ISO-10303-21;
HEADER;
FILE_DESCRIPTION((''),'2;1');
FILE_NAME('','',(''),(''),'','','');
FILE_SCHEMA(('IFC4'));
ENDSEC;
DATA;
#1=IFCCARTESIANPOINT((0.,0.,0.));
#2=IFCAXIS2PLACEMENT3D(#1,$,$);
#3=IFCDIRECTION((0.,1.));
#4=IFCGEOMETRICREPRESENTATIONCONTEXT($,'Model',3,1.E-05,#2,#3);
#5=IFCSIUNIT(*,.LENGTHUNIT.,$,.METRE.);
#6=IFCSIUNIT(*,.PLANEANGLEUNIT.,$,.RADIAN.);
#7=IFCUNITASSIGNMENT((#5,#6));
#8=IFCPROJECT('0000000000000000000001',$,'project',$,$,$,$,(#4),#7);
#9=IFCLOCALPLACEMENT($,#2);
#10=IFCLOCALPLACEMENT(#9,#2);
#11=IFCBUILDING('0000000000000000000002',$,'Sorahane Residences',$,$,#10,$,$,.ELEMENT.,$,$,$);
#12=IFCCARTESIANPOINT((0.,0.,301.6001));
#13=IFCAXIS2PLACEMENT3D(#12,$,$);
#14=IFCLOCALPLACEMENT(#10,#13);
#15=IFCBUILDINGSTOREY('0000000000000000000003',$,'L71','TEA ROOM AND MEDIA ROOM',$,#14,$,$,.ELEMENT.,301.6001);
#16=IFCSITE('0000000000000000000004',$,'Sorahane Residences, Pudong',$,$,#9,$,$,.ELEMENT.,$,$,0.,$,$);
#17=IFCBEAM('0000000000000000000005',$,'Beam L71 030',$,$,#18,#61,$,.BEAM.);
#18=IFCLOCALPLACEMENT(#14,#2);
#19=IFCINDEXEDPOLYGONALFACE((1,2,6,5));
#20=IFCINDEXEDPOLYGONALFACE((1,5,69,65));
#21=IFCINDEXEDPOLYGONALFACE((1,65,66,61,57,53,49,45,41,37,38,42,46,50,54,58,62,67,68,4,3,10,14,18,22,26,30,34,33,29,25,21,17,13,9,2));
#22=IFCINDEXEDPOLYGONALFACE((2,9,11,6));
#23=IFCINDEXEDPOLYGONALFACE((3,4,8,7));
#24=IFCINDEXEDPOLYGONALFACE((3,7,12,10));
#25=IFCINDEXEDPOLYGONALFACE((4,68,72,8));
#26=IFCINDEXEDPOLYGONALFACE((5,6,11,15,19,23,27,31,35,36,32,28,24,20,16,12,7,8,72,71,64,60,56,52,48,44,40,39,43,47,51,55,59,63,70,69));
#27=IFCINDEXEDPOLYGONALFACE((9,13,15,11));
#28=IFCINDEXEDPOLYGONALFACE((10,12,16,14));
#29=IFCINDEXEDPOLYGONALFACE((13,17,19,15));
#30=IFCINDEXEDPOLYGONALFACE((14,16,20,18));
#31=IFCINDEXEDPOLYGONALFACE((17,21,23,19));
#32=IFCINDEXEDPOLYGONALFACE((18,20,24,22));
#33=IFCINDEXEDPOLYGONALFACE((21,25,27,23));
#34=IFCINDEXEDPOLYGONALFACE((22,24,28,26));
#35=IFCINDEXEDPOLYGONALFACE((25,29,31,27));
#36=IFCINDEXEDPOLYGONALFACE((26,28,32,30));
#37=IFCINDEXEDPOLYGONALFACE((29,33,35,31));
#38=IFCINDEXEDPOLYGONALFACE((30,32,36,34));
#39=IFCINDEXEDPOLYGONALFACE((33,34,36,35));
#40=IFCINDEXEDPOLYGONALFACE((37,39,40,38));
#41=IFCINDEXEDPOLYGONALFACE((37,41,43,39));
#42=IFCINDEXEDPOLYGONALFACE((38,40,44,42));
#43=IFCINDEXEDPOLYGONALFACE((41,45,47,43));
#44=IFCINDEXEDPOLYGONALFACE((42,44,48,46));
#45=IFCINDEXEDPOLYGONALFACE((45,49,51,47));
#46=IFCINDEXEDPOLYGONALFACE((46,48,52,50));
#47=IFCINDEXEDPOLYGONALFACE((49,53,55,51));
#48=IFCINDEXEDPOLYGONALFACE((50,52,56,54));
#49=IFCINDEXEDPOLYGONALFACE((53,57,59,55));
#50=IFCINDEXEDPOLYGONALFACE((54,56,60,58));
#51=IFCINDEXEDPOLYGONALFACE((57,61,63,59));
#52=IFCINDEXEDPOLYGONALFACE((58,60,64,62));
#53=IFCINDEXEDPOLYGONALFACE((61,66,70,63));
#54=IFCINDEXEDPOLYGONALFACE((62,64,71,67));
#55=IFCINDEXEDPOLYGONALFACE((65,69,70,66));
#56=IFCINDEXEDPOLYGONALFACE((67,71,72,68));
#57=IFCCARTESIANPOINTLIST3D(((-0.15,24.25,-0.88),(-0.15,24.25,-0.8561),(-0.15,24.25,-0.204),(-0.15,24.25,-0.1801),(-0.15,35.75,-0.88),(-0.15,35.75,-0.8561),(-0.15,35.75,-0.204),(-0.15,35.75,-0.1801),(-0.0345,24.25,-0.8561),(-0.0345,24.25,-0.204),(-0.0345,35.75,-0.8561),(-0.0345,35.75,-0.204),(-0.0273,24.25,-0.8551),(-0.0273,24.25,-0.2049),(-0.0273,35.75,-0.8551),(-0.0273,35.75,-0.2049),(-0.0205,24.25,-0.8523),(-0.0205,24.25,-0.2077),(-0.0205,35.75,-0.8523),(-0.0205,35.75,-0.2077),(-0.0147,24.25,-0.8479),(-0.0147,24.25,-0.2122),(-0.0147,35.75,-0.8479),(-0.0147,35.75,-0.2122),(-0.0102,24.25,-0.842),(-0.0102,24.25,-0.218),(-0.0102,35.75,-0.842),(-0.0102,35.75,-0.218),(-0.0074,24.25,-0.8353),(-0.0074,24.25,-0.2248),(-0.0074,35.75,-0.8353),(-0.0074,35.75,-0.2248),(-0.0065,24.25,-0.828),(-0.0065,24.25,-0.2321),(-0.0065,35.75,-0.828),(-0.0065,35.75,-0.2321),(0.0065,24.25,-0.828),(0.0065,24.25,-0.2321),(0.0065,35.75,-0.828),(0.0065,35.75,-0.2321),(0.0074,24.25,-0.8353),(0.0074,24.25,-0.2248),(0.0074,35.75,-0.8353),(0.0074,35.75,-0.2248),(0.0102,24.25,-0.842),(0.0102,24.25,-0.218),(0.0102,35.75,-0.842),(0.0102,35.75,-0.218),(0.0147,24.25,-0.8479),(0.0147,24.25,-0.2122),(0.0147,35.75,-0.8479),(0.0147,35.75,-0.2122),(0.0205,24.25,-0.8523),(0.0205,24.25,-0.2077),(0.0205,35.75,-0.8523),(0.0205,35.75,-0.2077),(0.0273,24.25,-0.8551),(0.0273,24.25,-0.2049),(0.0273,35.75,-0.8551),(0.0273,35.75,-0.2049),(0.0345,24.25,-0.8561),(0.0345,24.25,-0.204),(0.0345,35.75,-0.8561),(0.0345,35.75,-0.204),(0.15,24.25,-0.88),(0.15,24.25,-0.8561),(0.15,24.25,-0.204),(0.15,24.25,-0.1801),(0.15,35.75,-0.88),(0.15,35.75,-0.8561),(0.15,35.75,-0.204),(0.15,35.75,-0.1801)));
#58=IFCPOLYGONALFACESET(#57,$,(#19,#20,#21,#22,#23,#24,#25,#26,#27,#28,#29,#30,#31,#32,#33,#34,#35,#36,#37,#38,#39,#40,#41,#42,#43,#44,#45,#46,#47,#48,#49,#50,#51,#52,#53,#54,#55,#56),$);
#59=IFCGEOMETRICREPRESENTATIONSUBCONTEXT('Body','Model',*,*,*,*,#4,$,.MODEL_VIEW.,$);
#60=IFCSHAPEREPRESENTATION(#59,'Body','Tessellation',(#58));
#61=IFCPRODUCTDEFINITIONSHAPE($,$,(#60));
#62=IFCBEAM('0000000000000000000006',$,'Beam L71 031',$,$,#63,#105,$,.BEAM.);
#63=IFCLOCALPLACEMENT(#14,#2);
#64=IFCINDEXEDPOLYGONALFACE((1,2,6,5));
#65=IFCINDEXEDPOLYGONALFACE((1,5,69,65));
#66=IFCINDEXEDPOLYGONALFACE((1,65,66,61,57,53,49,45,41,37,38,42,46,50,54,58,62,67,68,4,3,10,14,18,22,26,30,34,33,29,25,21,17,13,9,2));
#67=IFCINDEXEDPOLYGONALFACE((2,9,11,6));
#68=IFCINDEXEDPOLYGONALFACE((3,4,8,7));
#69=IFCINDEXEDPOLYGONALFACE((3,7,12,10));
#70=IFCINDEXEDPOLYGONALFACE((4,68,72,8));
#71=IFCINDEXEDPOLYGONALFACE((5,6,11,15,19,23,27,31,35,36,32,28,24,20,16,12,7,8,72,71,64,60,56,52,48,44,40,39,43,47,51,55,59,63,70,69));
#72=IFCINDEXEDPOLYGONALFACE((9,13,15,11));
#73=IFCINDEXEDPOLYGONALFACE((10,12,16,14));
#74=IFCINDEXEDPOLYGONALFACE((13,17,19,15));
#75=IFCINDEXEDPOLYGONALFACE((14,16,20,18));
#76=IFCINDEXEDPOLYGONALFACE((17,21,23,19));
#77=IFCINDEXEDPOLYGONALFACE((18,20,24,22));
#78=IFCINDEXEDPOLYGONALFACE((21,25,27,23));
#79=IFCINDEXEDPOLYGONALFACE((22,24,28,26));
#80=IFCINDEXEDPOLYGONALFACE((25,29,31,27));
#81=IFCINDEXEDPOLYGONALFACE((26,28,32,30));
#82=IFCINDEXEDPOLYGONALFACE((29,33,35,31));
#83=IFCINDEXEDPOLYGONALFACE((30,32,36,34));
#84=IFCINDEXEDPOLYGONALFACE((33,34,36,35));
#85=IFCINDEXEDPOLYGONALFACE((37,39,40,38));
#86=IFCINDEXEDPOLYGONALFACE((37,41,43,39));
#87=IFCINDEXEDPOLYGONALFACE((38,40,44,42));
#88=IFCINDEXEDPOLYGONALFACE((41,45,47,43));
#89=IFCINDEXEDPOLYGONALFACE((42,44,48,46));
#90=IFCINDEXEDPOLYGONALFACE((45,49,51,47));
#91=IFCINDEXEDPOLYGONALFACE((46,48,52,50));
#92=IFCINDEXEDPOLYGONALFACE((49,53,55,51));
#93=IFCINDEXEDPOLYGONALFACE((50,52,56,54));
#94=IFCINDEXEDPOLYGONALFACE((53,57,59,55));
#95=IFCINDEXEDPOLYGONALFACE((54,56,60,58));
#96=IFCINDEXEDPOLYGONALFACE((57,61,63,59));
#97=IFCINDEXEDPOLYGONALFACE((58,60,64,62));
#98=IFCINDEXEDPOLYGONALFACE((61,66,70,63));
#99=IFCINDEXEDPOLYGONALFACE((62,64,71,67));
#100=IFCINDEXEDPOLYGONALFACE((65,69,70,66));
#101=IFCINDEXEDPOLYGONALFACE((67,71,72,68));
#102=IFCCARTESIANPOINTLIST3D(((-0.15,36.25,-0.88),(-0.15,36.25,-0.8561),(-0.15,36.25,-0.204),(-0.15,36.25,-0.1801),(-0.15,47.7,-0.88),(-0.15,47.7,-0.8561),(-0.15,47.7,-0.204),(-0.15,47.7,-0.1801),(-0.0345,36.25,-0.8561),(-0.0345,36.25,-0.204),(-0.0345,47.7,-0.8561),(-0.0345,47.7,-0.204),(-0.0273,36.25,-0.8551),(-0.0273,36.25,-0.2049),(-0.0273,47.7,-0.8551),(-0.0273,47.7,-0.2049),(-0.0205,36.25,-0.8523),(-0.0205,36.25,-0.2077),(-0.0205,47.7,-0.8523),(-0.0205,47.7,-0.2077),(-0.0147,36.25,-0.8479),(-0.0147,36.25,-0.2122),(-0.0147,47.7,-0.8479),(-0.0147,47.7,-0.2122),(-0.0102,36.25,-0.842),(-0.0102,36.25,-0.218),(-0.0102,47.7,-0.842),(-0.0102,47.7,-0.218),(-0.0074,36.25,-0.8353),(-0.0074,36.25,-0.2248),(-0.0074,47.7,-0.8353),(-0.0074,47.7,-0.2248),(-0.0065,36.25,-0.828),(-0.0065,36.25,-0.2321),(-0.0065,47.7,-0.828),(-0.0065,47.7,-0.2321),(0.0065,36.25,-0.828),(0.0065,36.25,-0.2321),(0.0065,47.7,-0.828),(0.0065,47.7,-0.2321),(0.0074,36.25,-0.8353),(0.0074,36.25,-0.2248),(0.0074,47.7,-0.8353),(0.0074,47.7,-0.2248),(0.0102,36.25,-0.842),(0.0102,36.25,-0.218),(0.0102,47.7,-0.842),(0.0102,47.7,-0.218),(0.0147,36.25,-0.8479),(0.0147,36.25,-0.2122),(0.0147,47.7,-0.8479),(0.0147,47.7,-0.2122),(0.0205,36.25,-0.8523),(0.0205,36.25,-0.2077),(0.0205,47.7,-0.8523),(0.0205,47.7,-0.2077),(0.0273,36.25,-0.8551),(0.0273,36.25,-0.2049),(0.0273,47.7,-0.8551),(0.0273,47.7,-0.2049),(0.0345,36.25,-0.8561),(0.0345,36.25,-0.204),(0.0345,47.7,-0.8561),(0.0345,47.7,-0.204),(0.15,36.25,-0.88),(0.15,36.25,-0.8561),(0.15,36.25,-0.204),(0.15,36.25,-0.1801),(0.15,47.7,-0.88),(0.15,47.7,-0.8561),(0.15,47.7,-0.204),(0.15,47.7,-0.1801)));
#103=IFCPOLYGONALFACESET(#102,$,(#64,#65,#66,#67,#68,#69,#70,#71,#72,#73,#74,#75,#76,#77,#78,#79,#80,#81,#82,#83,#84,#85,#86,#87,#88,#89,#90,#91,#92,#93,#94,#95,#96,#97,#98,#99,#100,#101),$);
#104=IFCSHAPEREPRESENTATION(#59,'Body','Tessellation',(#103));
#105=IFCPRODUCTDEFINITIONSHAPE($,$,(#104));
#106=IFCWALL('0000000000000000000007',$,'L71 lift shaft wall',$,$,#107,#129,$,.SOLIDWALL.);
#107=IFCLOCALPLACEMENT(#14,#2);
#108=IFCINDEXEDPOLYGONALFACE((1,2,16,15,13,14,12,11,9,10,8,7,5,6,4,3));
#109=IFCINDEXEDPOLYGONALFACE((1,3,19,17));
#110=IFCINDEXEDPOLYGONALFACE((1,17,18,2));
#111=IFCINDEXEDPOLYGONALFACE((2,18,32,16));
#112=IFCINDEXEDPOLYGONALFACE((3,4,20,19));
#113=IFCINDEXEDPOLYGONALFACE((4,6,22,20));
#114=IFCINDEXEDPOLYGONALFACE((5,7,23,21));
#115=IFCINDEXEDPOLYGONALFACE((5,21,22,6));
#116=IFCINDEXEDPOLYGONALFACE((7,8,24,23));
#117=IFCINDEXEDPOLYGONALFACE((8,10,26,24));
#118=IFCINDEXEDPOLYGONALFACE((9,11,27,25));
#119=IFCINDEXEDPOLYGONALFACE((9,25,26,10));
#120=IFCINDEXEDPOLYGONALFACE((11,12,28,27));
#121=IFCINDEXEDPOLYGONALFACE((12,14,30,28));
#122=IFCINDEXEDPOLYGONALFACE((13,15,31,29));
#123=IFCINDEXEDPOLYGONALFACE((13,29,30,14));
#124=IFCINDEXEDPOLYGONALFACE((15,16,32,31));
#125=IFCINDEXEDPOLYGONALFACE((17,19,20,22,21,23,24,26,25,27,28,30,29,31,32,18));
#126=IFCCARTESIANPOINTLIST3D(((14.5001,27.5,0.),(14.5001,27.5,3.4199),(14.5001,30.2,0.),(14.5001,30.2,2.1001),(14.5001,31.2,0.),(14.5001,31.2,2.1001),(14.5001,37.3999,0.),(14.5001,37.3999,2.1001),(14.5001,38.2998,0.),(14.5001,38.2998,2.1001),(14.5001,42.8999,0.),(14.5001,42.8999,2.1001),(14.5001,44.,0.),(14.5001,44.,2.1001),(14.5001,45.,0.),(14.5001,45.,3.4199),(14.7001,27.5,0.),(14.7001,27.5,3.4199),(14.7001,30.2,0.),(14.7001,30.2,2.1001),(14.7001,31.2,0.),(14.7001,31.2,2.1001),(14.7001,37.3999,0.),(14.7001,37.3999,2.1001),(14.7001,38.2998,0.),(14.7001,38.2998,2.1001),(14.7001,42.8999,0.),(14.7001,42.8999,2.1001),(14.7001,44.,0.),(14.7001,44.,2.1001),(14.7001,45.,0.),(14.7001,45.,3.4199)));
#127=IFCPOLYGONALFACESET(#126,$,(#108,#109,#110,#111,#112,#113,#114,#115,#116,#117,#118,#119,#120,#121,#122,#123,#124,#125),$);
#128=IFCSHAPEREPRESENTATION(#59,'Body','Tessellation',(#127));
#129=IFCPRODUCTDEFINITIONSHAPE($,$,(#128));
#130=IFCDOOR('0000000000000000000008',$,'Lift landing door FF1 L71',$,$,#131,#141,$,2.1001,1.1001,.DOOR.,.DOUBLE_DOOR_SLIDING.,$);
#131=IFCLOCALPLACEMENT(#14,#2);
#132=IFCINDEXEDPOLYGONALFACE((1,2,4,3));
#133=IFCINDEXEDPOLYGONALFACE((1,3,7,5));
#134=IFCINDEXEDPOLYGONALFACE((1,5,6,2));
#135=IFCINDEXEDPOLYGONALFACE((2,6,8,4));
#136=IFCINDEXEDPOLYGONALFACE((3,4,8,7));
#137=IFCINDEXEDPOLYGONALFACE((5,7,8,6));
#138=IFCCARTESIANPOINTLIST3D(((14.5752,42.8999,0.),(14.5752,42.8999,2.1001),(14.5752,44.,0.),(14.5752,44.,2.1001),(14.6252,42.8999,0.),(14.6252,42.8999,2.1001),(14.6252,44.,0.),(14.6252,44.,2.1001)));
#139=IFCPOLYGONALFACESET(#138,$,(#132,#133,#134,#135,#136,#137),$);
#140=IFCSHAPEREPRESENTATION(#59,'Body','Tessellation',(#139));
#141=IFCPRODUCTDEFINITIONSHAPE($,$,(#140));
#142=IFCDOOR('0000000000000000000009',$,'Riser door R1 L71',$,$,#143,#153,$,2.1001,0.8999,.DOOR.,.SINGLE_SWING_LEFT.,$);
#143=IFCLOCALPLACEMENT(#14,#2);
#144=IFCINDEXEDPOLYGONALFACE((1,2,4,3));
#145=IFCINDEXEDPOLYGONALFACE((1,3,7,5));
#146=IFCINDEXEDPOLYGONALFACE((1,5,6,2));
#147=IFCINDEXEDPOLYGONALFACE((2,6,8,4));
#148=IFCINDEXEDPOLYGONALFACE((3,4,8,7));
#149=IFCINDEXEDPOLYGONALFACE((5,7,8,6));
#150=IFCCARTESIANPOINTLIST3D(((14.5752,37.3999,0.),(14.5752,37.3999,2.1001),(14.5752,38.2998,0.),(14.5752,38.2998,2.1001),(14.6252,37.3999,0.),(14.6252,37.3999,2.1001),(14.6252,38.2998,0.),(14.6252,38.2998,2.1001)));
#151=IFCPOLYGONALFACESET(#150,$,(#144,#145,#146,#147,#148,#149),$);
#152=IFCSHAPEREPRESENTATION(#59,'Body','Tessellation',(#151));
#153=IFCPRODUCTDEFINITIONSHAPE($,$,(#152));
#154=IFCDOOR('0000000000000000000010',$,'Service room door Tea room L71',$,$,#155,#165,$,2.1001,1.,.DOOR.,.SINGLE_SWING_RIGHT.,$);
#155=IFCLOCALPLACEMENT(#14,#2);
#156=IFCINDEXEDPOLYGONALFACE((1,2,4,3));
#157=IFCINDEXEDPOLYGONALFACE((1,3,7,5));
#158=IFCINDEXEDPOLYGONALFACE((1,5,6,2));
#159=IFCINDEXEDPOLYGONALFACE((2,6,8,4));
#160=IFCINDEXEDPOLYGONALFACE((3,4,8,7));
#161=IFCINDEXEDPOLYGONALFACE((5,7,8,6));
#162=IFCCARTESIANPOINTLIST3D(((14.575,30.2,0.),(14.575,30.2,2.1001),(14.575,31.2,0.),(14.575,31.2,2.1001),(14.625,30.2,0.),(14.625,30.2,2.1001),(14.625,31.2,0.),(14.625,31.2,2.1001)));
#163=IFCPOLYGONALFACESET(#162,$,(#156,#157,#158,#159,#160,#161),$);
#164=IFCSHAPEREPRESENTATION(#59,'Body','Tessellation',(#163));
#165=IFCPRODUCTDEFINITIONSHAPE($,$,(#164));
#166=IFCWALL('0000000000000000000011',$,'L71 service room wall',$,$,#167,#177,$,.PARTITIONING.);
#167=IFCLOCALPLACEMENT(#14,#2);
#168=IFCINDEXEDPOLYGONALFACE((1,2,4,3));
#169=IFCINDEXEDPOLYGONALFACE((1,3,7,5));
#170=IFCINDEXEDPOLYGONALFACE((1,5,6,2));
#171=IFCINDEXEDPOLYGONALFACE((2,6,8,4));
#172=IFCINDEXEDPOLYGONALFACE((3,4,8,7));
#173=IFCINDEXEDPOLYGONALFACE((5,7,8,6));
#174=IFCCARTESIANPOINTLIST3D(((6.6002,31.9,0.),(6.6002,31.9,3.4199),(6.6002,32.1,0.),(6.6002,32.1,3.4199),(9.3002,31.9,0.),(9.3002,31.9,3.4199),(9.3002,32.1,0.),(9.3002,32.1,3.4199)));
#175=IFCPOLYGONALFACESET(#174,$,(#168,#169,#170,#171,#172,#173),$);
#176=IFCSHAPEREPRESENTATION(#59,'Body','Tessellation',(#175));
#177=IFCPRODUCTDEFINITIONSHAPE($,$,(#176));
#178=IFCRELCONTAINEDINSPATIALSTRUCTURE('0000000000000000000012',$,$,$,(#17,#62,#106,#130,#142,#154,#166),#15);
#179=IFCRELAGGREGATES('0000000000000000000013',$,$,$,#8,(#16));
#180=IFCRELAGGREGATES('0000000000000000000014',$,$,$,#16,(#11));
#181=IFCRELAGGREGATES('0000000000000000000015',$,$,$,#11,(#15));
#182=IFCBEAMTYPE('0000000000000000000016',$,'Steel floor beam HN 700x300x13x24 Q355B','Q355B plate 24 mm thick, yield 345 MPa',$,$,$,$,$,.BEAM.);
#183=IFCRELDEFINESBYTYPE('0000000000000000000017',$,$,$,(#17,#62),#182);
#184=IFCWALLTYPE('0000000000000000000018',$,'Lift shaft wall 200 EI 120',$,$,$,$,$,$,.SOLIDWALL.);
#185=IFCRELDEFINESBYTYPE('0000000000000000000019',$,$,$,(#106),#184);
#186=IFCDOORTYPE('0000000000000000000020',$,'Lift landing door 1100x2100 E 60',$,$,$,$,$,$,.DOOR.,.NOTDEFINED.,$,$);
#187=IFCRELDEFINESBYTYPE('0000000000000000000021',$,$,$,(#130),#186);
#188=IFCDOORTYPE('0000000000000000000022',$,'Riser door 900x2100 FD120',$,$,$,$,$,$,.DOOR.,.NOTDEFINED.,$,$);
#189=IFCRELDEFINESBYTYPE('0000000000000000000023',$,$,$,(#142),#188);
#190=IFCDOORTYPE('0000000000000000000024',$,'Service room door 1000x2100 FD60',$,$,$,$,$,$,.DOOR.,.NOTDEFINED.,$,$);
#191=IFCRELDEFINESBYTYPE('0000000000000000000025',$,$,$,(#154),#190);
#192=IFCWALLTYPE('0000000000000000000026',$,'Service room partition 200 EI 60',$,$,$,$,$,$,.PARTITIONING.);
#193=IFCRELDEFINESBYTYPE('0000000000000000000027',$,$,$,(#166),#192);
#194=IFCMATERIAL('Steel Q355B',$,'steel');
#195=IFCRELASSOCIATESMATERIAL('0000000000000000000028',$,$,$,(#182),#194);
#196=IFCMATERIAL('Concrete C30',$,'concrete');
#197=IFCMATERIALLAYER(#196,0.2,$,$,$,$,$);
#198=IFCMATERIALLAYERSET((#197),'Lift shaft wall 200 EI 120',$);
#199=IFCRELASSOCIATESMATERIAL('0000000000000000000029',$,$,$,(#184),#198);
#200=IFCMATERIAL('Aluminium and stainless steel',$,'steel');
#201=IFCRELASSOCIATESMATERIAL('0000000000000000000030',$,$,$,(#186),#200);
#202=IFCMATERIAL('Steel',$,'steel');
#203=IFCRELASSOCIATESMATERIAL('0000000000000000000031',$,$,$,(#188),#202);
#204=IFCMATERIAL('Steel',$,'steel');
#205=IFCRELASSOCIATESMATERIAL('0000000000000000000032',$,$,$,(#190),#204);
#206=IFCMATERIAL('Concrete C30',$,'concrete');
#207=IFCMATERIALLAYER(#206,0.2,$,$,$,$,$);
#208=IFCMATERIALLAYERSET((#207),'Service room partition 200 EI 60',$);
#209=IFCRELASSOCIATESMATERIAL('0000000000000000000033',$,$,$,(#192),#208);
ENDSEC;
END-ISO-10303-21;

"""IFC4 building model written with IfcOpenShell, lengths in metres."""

from ifc_helpers import new_model, si_unit, direction, frame, frame_2d, origin, origin_2d, place, context, subcontext, project, spatial, rectangle, i_section, extrude, material, layer, layer_set, material_profile, profile_set, type_object, element, fill, save


model = new_model("IFC4")

# Units and contexts
model_context = context("Model", 3, precision=1e-05, world=origin(), true_north=direction((0.0, 1.0)))
body_context = subcontext(model_context, "Body", "Model", "MODEL_VIEW")
ifc_project = project(units=[si_unit("LENGTHUNIT", "METRE"), si_unit("PLANEANGLEUNIT", "RADIAN")], contexts=[model_context])

# Site, building, storey
site_placement = place(None, origin())
site = spatial("IfcSite", under=ifc_project, at=site_placement, Name="Sorahane Residences, Pudong", CompositionType="ELEMENT", RefElevation=0.0)
building_placement = place(site_placement, origin())
building = spatial("IfcBuilding", under=site, at=building_placement, Name="Sorahane Residences", CompositionType="ELEMENT")
storey_placement = place(building_placement, frame((0.0, 0.0, 301.6001)))
storey = spatial("IfcBuildingStorey", under=building, at=storey_placement, Name="L71", Description="TEA ROOM AND MEDIA ROOM", CompositionType="ELEMENT", Elevation=301.6001)

# Beams
ifc_material_1 = material(Name="Steel Q355B", Category="steel")
ifc_material_profile_1 = material_profile(ifc_material_1, i_section(OverallWidth=0.3, OverallDepth=0.7, WebThickness=0.0129, FlangeThickness=0.0239, FilletRadius=0.0281, at=origin_2d()), Name="HN 700x300x13x24")
ifc_profile_set_1 = profile_set([ifc_material_profile_1], Name="Steel Q355B")
beam_type_1 = type_object("IfcBeamType", Name="Steel floor beam HN 700x300x13x24 Q355B", Description="Q355B plate 24 mm thick, yield 345 MPa", PredefinedType="BEAM", material=ifc_profile_set_1)
beam_1_placement = place(storey_placement, frame((0.0, 24.25, -0.53), z_axis=(0.0, 1.0, 0.0), x_axis=(-1.0, 0.0, 0.0)))
element("IfcBeam", 1, at=beam_1_placement, inside=storey, type_object=beam_type_1, Name="Beam L71 030", PredefinedType="BEAM", context=body_context, shape_type="SweptSolid", body=[
    extrude(i_section(OverallWidth=0.3, OverallDepth=0.7, WebThickness=0.0129, FlangeThickness=0.0239, FilletRadius=0.0281, at=origin_2d()), origin(), (0.0, 0.0, 1.0), 11.5),
])
beam_2_placement = place(storey_placement, frame((0.0, 36.25, -0.53), z_axis=(0.0, 1.0, 0.0), x_axis=(-1.0, 0.0, 0.0)))
element("IfcBeam", 2, at=beam_2_placement, inside=storey, type_object=beam_type_1, Name="Beam L71 031", PredefinedType="BEAM", context=body_context, shape_type="SweptSolid", body=[
    extrude(i_section(OverallWidth=0.3, OverallDepth=0.7, WebThickness=0.0129, FlangeThickness=0.0239, FilletRadius=0.0281, at=origin_2d()), origin(), (0.0, 0.0, 1.0), 11.45),
])

# Wall, openings, doors
ifc_material_2 = material(Name="Concrete C30", Category="concrete")
ifc_layer_1 = layer(ifc_material_2, 0.2)
ifc_layer_set_1 = layer_set([ifc_layer_1], Name="Lift shaft wall 200 EI 120")
wall_type_1 = type_object("IfcWallType", Name="Lift shaft wall 200 EI 120", PredefinedType="SOLIDWALL", material=ifc_layer_set_1)
wall_1_placement = place(storey_placement, frame((14.6001, 27.5, 0.0), z_axis=(0.0, 0.0, 1.0), x_axis=(0.0, 1.0, 0.0)))
wall_1 = element("IfcWall", 3, at=wall_1_placement, inside=storey, type_object=wall_type_1, Name="L71 lift shaft wall", PredefinedType="SOLIDWALL", context=body_context, shape_type="SweptSolid", body=[
    extrude(rectangle(XDim=17.5, YDim=0.2, at=frame_2d((8.75, 0.0))), origin(), (0.0, 0.0, 1.0), 3.4199),
])
opening_1_placement = place(wall_1_placement, frame((15.3999, 0.0, 0.0)))
opening_1 = element("IfcOpeningElement", 4, at=opening_1_placement, cuts=wall_1, PredefinedType="OPENING", context=body_context, shape_type="SweptSolid", body=[
    extrude(rectangle(XDim=1.1001, YDim=2.1001, at=frame_2d((0.55, 1.05))), frame((0.0, 0.1099, 0.0), z_axis=(0.0, -1.0, 0.0), x_axis=(1.0, 0.0, 0.0)), (0.0, 0.0, 1.0), 0.22),
])
opening_2_placement = place(wall_1_placement, frame((2.7, 0.0, 0.0)))
opening_2 = element("IfcOpeningElement", 5, at=opening_2_placement, cuts=wall_1, PredefinedType="OPENING", context=body_context, shape_type="SweptSolid", body=[
    extrude(rectangle(XDim=1.0, YDim=2.1001, at=frame_2d((0.5, 1.05))), frame((0.0, 0.1099, 0.0), z_axis=(0.0, -1.0, 0.0), x_axis=(1.0, 0.0, 0.0)), (0.0, 0.0, 1.0), 0.22),
])
opening_3_placement = place(wall_1_placement, frame((9.8999, 0.0, 0.0)))
opening_3 = element("IfcOpeningElement", 6, at=opening_3_placement, cuts=wall_1, PredefinedType="OPENING", context=body_context, shape_type="SweptSolid", body=[
    extrude(rectangle(XDim=0.8999, YDim=2.1001, at=frame_2d((0.45, 1.05))), frame((0.0, 0.1099, 0.0), z_axis=(0.0, -1.0, 0.0), x_axis=(1.0, 0.0, 0.0)), (0.0, 0.0, 1.0), 0.22),
])
ifc_material_3 = material(Name="Aluminium and stainless steel", Category="steel")
door_type_1 = type_object("IfcDoorType", Name="Lift landing door 1100x2100 E 60", OperationType="NOTDEFINED", PredefinedType="DOOR", material=ifc_material_3)
door_1_placement = place(opening_1_placement, origin())
door_1 = element("IfcDoor", 7, at=door_1_placement, inside=storey, type_object=door_type_1, Name="Lift landing door FF1 L71", OperationType="DOUBLE_DOOR_SLIDING", OverallHeight=2.1001, OverallWidth=1.1001, PredefinedType="DOOR", context=body_context, shape_type="SweptSolid", body=[
    extrude(rectangle(XDim=1.1001, YDim=2.1001, at=frame_2d((0.55, 1.05))), frame((0.0, 0.0249, 0.0), z_axis=(0.0, -1.0, 0.0), x_axis=(1.0, 0.0, 0.0)), (0.0, 0.0, 1.0), 0.05),
])
fill(opening_1, door_1)
ifc_material_4 = material(Name="Steel", Category="steel")
door_type_2 = type_object("IfcDoorType", Name="Riser door 900x2100 FD120", OperationType="NOTDEFINED", PredefinedType="DOOR", material=ifc_material_4)
door_2_placement = place(opening_3_placement, origin())
door_2 = element("IfcDoor", 8, at=door_2_placement, inside=storey, type_object=door_type_2, Name="Riser door R1 L71", OperationType="SINGLE_SWING_LEFT", OverallHeight=2.1001, OverallWidth=0.8999, PredefinedType="DOOR", context=body_context, shape_type="SweptSolid", body=[
    extrude(rectangle(XDim=0.8999, YDim=2.1001, at=frame_2d((0.45, 1.05))), frame((0.0, 0.0249, 0.0), z_axis=(0.0, -1.0, 0.0), x_axis=(1.0, 0.0, 0.0)), (0.0, 0.0, 1.0), 0.05),
])
fill(opening_3, door_2)
ifc_material_5 = material(Name="Steel", Category="steel")
door_type_3 = type_object("IfcDoorType", Name="Service room door 1000x2100 FD60", OperationType="NOTDEFINED", PredefinedType="DOOR", material=ifc_material_5)
door_3_placement = place(opening_2_placement, frame((1.0, 0.0, 0.0), z_axis=(0.0, 0.0, 1.0), x_axis=(-1.0, 0.0, 0.0)))
door_3 = element("IfcDoor", 9, at=door_3_placement, inside=storey, type_object=door_type_3, Name="Service room door Tea room L71", OperationType="SINGLE_SWING_RIGHT", OverallHeight=2.1001, OverallWidth=1.0, PredefinedType="DOOR", context=body_context, shape_type="SweptSolid", body=[
    extrude(rectangle(XDim=1.0, YDim=2.1001, at=frame_2d((0.5, 1.05))), frame((0.0, 0.0249, 0.0), z_axis=(0.0, -1.0, 0.0), x_axis=(1.0, 0.0, 0.0)), (0.0, 0.0, 1.0), 0.05),
])
fill(opening_2, door_3)

# Wall
ifc_material_6 = material(Name="Concrete C30", Category="concrete")
ifc_layer_2 = layer(ifc_material_6, 0.2)
ifc_layer_set_2 = layer_set([ifc_layer_2], Name="Service room partition 200 EI 60")
wall_type_2 = type_object("IfcWallType", Name="Service room partition 200 EI 60", PredefinedType="PARTITIONING", material=ifc_layer_set_2)
wall_2_placement = place(storey_placement, frame((6.6001, 32.0, 0.0), z_axis=(0.0, 0.0, 1.0), x_axis=(1.0, 0.0, 0.0)))
element("IfcWall", 10, at=wall_2_placement, inside=storey, type_object=wall_type_2, Name="L71 service room wall", PredefinedType="PARTITIONING", context=body_context, shape_type="SweptSolid", body=[
    extrude(rectangle(XDim=2.7, YDim=0.2, at=frame_2d((1.3501, 0.0))), origin(), (0.0, 0.0, 1.0), 3.4199),
])

save(model, "model.ifc")
